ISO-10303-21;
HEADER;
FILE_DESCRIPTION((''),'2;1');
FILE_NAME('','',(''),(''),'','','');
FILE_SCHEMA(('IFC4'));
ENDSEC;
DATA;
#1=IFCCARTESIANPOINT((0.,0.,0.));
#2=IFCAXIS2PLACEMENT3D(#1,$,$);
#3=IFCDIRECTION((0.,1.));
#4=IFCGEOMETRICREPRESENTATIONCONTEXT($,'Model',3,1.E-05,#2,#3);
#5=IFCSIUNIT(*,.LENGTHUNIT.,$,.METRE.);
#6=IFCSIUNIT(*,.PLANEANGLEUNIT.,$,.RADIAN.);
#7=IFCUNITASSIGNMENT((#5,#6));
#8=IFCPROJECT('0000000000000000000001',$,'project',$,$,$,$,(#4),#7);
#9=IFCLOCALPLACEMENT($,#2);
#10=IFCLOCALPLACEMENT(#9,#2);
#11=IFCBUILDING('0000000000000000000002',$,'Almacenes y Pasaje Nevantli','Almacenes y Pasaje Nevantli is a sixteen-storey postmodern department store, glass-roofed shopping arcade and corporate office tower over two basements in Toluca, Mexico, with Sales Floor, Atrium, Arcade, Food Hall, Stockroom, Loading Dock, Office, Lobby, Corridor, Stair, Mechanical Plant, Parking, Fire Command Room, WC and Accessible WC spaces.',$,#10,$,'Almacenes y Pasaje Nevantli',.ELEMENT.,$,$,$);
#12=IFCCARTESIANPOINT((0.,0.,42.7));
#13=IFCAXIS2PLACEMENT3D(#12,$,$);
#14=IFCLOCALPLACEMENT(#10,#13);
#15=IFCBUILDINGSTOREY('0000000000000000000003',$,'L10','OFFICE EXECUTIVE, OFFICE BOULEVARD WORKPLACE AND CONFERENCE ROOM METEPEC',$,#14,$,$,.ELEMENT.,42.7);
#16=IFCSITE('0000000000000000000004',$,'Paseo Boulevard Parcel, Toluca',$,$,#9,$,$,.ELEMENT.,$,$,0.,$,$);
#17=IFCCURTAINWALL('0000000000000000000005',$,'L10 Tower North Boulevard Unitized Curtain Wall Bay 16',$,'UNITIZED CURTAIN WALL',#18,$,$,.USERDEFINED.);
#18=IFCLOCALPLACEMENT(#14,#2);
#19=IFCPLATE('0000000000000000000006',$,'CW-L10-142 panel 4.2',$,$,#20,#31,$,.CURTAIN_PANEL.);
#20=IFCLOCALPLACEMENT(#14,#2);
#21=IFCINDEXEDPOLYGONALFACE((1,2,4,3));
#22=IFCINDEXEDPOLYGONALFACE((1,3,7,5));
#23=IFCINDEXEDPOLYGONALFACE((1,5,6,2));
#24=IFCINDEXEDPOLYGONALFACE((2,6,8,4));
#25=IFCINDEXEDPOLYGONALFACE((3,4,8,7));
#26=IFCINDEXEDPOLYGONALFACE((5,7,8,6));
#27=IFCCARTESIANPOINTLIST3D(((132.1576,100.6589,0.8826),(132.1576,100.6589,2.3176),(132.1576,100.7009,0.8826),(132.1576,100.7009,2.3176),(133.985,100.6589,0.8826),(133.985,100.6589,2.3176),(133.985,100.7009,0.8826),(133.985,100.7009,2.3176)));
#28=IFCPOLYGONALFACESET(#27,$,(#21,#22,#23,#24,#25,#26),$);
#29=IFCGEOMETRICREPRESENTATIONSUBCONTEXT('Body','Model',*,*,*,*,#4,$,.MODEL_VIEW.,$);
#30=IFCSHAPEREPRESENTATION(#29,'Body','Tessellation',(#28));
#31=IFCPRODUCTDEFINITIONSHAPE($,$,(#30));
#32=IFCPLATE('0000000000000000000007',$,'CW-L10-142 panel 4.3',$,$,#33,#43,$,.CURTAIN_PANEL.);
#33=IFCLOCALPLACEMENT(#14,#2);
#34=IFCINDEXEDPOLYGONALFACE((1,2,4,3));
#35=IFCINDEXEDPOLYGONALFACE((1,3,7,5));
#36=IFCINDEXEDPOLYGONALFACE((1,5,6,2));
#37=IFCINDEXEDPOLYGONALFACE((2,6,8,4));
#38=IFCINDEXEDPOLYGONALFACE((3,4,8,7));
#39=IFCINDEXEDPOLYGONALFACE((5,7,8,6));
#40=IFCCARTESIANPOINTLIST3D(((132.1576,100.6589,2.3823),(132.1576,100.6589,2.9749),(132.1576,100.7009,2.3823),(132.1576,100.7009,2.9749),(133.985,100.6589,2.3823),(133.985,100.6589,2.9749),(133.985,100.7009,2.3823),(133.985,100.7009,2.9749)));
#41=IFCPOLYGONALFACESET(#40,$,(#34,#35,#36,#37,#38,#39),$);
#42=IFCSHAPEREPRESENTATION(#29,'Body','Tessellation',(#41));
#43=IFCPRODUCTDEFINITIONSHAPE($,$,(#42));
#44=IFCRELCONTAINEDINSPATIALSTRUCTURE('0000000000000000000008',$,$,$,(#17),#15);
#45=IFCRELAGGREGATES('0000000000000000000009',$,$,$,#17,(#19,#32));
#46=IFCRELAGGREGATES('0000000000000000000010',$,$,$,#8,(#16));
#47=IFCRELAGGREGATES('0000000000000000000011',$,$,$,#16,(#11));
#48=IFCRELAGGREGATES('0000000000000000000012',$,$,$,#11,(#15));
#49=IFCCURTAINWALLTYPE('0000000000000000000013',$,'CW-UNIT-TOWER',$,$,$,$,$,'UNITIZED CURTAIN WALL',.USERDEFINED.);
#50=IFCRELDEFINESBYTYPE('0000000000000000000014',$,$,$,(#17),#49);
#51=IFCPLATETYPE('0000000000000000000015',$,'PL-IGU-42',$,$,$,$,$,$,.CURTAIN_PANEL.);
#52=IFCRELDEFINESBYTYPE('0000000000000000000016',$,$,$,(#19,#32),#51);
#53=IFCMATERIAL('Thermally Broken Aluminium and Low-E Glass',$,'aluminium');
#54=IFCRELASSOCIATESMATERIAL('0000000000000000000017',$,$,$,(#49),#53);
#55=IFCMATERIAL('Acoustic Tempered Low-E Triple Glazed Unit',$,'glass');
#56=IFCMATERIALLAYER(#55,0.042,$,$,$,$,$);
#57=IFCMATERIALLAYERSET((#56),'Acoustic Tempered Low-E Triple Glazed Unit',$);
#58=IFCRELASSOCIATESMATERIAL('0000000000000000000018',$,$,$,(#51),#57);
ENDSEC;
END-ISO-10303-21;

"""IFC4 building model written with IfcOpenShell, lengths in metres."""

from ifc_helpers import new_model, si_unit, direction, frame, origin, origin_2d, place, context, subcontext, project, spatial, rectangle, extrude, material, layer, layer_set, type_object, element, aggregate, save


model = new_model("IFC4")

# Units and contexts
model_context = context("Model", 3, precision=1e-05, world=origin(), true_north=direction((0.0, 1.0)))
body_context = subcontext(model_context, "Body", "Model", "MODEL_VIEW")
ifc_project = project(units=[si_unit("LENGTHUNIT", "METRE"), si_unit("PLANEANGLEUNIT", "RADIAN")], contexts=[model_context])

# Site, building, storey
site_placement = place(None, origin())
site = spatial("IfcSite", under=ifc_project, at=site_placement, Name="Paseo Boulevard Parcel, Toluca", CompositionType="ELEMENT", RefElevation=0.0)
building_placement = place(site_placement, origin())
building = spatial("IfcBuilding", under=site, at=building_placement, Name="Almacenes y Pasaje Nevantli", Description="Almacenes y Pasaje Nevantli is a sixteen-storey postmodern department store, glass-roofed shopping arcade and corporate office tower over two basements in Toluca, Mexico, with Sales Floor, Atrium, Arcade, Food Hall, Stockroom, Loading Dock, Office, Lobby, Corridor, Stair, Mechanical Plant, Parking, Fire Command Room, WC and Accessible WC spaces.", LongName="Almacenes y Pasaje Nevantli", CompositionType="ELEMENT")
storey_placement = place(building_placement, frame((0.0, 0.0, 42.7)))
storey = spatial("IfcBuildingStorey", under=building, at=storey_placement, Name="L10", Description="OFFICE EXECUTIVE, OFFICE BOULEVARD WORKPLACE AND CONFERENCE ROOM METEPEC", CompositionType="ELEMENT", Elevation=42.7)

# Curtain wall, plates
ifc_material_1 = material(Name="Thermally Broken Aluminium and Low-E Glass", Category="aluminium")
curtain_wall_type = type_object("IfcCurtainWallType", Name="CW-UNIT-TOWER", ElementType="UNITIZED CURTAIN WALL", PredefinedType="USERDEFINED", material=ifc_material_1)
curtain_wall_placement = place(storey_placement, origin())
curtain_wall = element("IfcCurtainWall", 1, at=curtain_wall_placement, inside=storey, type_object=curtain_wall_type, Name="L10 Tower North Boulevard Unitized Curtain Wall Bay 16", ObjectType="UNITIZED CURTAIN WALL", PredefinedType="USERDEFINED")
ifc_material_2 = material(Name="Acoustic Tempered Low-E Triple Glazed Unit", Category="glass")
ifc_layer = layer(ifc_material_2, 0.042)
ifc_layer_set = layer_set([ifc_layer], Name="Acoustic Tempered Low-E Triple Glazed Unit")
plate_type = type_object("IfcPlateType", Name="PL-IGU-42", PredefinedType="CURTAIN_PANEL", material=ifc_layer_set)
plate_1_placement = place(storey_placement, frame((133.0713, 100.6799, 0.8826), z_axis=(0.0, 0.0, 1.0), x_axis=(1.0, 0.0, 0.0)))
plate_1 = element("IfcPlate", 2, at=plate_1_placement, type_object=plate_type, Name="CW-L10-142 panel 4.2", PredefinedType="CURTAIN_PANEL", context=body_context, shape_type="SweptSolid", body=[
    extrude(rectangle(XDim=1.8274, YDim=0.042, at=origin_2d()), origin(), (0.0, 0.0, 1.0), 1.4351),
])
plate_2_placement = place(storey_placement, frame((133.0713, 100.6799, 2.3823), z_axis=(0.0, 0.0, 1.0), x_axis=(1.0, 0.0, 0.0)))
plate_2 = element("IfcPlate", 3, at=plate_2_placement, type_object=plate_type, Name="CW-L10-142 panel 4.3", PredefinedType="CURTAIN_PANEL", context=body_context, shape_type="SweptSolid", body=[
    extrude(rectangle(XDim=1.8274, YDim=0.042, at=origin_2d()), origin(), (0.0, 0.0, 1.0), 0.5925),
])
aggregate(curtain_wall, [plate_1, plate_2])

save(model, "model.ifc")
